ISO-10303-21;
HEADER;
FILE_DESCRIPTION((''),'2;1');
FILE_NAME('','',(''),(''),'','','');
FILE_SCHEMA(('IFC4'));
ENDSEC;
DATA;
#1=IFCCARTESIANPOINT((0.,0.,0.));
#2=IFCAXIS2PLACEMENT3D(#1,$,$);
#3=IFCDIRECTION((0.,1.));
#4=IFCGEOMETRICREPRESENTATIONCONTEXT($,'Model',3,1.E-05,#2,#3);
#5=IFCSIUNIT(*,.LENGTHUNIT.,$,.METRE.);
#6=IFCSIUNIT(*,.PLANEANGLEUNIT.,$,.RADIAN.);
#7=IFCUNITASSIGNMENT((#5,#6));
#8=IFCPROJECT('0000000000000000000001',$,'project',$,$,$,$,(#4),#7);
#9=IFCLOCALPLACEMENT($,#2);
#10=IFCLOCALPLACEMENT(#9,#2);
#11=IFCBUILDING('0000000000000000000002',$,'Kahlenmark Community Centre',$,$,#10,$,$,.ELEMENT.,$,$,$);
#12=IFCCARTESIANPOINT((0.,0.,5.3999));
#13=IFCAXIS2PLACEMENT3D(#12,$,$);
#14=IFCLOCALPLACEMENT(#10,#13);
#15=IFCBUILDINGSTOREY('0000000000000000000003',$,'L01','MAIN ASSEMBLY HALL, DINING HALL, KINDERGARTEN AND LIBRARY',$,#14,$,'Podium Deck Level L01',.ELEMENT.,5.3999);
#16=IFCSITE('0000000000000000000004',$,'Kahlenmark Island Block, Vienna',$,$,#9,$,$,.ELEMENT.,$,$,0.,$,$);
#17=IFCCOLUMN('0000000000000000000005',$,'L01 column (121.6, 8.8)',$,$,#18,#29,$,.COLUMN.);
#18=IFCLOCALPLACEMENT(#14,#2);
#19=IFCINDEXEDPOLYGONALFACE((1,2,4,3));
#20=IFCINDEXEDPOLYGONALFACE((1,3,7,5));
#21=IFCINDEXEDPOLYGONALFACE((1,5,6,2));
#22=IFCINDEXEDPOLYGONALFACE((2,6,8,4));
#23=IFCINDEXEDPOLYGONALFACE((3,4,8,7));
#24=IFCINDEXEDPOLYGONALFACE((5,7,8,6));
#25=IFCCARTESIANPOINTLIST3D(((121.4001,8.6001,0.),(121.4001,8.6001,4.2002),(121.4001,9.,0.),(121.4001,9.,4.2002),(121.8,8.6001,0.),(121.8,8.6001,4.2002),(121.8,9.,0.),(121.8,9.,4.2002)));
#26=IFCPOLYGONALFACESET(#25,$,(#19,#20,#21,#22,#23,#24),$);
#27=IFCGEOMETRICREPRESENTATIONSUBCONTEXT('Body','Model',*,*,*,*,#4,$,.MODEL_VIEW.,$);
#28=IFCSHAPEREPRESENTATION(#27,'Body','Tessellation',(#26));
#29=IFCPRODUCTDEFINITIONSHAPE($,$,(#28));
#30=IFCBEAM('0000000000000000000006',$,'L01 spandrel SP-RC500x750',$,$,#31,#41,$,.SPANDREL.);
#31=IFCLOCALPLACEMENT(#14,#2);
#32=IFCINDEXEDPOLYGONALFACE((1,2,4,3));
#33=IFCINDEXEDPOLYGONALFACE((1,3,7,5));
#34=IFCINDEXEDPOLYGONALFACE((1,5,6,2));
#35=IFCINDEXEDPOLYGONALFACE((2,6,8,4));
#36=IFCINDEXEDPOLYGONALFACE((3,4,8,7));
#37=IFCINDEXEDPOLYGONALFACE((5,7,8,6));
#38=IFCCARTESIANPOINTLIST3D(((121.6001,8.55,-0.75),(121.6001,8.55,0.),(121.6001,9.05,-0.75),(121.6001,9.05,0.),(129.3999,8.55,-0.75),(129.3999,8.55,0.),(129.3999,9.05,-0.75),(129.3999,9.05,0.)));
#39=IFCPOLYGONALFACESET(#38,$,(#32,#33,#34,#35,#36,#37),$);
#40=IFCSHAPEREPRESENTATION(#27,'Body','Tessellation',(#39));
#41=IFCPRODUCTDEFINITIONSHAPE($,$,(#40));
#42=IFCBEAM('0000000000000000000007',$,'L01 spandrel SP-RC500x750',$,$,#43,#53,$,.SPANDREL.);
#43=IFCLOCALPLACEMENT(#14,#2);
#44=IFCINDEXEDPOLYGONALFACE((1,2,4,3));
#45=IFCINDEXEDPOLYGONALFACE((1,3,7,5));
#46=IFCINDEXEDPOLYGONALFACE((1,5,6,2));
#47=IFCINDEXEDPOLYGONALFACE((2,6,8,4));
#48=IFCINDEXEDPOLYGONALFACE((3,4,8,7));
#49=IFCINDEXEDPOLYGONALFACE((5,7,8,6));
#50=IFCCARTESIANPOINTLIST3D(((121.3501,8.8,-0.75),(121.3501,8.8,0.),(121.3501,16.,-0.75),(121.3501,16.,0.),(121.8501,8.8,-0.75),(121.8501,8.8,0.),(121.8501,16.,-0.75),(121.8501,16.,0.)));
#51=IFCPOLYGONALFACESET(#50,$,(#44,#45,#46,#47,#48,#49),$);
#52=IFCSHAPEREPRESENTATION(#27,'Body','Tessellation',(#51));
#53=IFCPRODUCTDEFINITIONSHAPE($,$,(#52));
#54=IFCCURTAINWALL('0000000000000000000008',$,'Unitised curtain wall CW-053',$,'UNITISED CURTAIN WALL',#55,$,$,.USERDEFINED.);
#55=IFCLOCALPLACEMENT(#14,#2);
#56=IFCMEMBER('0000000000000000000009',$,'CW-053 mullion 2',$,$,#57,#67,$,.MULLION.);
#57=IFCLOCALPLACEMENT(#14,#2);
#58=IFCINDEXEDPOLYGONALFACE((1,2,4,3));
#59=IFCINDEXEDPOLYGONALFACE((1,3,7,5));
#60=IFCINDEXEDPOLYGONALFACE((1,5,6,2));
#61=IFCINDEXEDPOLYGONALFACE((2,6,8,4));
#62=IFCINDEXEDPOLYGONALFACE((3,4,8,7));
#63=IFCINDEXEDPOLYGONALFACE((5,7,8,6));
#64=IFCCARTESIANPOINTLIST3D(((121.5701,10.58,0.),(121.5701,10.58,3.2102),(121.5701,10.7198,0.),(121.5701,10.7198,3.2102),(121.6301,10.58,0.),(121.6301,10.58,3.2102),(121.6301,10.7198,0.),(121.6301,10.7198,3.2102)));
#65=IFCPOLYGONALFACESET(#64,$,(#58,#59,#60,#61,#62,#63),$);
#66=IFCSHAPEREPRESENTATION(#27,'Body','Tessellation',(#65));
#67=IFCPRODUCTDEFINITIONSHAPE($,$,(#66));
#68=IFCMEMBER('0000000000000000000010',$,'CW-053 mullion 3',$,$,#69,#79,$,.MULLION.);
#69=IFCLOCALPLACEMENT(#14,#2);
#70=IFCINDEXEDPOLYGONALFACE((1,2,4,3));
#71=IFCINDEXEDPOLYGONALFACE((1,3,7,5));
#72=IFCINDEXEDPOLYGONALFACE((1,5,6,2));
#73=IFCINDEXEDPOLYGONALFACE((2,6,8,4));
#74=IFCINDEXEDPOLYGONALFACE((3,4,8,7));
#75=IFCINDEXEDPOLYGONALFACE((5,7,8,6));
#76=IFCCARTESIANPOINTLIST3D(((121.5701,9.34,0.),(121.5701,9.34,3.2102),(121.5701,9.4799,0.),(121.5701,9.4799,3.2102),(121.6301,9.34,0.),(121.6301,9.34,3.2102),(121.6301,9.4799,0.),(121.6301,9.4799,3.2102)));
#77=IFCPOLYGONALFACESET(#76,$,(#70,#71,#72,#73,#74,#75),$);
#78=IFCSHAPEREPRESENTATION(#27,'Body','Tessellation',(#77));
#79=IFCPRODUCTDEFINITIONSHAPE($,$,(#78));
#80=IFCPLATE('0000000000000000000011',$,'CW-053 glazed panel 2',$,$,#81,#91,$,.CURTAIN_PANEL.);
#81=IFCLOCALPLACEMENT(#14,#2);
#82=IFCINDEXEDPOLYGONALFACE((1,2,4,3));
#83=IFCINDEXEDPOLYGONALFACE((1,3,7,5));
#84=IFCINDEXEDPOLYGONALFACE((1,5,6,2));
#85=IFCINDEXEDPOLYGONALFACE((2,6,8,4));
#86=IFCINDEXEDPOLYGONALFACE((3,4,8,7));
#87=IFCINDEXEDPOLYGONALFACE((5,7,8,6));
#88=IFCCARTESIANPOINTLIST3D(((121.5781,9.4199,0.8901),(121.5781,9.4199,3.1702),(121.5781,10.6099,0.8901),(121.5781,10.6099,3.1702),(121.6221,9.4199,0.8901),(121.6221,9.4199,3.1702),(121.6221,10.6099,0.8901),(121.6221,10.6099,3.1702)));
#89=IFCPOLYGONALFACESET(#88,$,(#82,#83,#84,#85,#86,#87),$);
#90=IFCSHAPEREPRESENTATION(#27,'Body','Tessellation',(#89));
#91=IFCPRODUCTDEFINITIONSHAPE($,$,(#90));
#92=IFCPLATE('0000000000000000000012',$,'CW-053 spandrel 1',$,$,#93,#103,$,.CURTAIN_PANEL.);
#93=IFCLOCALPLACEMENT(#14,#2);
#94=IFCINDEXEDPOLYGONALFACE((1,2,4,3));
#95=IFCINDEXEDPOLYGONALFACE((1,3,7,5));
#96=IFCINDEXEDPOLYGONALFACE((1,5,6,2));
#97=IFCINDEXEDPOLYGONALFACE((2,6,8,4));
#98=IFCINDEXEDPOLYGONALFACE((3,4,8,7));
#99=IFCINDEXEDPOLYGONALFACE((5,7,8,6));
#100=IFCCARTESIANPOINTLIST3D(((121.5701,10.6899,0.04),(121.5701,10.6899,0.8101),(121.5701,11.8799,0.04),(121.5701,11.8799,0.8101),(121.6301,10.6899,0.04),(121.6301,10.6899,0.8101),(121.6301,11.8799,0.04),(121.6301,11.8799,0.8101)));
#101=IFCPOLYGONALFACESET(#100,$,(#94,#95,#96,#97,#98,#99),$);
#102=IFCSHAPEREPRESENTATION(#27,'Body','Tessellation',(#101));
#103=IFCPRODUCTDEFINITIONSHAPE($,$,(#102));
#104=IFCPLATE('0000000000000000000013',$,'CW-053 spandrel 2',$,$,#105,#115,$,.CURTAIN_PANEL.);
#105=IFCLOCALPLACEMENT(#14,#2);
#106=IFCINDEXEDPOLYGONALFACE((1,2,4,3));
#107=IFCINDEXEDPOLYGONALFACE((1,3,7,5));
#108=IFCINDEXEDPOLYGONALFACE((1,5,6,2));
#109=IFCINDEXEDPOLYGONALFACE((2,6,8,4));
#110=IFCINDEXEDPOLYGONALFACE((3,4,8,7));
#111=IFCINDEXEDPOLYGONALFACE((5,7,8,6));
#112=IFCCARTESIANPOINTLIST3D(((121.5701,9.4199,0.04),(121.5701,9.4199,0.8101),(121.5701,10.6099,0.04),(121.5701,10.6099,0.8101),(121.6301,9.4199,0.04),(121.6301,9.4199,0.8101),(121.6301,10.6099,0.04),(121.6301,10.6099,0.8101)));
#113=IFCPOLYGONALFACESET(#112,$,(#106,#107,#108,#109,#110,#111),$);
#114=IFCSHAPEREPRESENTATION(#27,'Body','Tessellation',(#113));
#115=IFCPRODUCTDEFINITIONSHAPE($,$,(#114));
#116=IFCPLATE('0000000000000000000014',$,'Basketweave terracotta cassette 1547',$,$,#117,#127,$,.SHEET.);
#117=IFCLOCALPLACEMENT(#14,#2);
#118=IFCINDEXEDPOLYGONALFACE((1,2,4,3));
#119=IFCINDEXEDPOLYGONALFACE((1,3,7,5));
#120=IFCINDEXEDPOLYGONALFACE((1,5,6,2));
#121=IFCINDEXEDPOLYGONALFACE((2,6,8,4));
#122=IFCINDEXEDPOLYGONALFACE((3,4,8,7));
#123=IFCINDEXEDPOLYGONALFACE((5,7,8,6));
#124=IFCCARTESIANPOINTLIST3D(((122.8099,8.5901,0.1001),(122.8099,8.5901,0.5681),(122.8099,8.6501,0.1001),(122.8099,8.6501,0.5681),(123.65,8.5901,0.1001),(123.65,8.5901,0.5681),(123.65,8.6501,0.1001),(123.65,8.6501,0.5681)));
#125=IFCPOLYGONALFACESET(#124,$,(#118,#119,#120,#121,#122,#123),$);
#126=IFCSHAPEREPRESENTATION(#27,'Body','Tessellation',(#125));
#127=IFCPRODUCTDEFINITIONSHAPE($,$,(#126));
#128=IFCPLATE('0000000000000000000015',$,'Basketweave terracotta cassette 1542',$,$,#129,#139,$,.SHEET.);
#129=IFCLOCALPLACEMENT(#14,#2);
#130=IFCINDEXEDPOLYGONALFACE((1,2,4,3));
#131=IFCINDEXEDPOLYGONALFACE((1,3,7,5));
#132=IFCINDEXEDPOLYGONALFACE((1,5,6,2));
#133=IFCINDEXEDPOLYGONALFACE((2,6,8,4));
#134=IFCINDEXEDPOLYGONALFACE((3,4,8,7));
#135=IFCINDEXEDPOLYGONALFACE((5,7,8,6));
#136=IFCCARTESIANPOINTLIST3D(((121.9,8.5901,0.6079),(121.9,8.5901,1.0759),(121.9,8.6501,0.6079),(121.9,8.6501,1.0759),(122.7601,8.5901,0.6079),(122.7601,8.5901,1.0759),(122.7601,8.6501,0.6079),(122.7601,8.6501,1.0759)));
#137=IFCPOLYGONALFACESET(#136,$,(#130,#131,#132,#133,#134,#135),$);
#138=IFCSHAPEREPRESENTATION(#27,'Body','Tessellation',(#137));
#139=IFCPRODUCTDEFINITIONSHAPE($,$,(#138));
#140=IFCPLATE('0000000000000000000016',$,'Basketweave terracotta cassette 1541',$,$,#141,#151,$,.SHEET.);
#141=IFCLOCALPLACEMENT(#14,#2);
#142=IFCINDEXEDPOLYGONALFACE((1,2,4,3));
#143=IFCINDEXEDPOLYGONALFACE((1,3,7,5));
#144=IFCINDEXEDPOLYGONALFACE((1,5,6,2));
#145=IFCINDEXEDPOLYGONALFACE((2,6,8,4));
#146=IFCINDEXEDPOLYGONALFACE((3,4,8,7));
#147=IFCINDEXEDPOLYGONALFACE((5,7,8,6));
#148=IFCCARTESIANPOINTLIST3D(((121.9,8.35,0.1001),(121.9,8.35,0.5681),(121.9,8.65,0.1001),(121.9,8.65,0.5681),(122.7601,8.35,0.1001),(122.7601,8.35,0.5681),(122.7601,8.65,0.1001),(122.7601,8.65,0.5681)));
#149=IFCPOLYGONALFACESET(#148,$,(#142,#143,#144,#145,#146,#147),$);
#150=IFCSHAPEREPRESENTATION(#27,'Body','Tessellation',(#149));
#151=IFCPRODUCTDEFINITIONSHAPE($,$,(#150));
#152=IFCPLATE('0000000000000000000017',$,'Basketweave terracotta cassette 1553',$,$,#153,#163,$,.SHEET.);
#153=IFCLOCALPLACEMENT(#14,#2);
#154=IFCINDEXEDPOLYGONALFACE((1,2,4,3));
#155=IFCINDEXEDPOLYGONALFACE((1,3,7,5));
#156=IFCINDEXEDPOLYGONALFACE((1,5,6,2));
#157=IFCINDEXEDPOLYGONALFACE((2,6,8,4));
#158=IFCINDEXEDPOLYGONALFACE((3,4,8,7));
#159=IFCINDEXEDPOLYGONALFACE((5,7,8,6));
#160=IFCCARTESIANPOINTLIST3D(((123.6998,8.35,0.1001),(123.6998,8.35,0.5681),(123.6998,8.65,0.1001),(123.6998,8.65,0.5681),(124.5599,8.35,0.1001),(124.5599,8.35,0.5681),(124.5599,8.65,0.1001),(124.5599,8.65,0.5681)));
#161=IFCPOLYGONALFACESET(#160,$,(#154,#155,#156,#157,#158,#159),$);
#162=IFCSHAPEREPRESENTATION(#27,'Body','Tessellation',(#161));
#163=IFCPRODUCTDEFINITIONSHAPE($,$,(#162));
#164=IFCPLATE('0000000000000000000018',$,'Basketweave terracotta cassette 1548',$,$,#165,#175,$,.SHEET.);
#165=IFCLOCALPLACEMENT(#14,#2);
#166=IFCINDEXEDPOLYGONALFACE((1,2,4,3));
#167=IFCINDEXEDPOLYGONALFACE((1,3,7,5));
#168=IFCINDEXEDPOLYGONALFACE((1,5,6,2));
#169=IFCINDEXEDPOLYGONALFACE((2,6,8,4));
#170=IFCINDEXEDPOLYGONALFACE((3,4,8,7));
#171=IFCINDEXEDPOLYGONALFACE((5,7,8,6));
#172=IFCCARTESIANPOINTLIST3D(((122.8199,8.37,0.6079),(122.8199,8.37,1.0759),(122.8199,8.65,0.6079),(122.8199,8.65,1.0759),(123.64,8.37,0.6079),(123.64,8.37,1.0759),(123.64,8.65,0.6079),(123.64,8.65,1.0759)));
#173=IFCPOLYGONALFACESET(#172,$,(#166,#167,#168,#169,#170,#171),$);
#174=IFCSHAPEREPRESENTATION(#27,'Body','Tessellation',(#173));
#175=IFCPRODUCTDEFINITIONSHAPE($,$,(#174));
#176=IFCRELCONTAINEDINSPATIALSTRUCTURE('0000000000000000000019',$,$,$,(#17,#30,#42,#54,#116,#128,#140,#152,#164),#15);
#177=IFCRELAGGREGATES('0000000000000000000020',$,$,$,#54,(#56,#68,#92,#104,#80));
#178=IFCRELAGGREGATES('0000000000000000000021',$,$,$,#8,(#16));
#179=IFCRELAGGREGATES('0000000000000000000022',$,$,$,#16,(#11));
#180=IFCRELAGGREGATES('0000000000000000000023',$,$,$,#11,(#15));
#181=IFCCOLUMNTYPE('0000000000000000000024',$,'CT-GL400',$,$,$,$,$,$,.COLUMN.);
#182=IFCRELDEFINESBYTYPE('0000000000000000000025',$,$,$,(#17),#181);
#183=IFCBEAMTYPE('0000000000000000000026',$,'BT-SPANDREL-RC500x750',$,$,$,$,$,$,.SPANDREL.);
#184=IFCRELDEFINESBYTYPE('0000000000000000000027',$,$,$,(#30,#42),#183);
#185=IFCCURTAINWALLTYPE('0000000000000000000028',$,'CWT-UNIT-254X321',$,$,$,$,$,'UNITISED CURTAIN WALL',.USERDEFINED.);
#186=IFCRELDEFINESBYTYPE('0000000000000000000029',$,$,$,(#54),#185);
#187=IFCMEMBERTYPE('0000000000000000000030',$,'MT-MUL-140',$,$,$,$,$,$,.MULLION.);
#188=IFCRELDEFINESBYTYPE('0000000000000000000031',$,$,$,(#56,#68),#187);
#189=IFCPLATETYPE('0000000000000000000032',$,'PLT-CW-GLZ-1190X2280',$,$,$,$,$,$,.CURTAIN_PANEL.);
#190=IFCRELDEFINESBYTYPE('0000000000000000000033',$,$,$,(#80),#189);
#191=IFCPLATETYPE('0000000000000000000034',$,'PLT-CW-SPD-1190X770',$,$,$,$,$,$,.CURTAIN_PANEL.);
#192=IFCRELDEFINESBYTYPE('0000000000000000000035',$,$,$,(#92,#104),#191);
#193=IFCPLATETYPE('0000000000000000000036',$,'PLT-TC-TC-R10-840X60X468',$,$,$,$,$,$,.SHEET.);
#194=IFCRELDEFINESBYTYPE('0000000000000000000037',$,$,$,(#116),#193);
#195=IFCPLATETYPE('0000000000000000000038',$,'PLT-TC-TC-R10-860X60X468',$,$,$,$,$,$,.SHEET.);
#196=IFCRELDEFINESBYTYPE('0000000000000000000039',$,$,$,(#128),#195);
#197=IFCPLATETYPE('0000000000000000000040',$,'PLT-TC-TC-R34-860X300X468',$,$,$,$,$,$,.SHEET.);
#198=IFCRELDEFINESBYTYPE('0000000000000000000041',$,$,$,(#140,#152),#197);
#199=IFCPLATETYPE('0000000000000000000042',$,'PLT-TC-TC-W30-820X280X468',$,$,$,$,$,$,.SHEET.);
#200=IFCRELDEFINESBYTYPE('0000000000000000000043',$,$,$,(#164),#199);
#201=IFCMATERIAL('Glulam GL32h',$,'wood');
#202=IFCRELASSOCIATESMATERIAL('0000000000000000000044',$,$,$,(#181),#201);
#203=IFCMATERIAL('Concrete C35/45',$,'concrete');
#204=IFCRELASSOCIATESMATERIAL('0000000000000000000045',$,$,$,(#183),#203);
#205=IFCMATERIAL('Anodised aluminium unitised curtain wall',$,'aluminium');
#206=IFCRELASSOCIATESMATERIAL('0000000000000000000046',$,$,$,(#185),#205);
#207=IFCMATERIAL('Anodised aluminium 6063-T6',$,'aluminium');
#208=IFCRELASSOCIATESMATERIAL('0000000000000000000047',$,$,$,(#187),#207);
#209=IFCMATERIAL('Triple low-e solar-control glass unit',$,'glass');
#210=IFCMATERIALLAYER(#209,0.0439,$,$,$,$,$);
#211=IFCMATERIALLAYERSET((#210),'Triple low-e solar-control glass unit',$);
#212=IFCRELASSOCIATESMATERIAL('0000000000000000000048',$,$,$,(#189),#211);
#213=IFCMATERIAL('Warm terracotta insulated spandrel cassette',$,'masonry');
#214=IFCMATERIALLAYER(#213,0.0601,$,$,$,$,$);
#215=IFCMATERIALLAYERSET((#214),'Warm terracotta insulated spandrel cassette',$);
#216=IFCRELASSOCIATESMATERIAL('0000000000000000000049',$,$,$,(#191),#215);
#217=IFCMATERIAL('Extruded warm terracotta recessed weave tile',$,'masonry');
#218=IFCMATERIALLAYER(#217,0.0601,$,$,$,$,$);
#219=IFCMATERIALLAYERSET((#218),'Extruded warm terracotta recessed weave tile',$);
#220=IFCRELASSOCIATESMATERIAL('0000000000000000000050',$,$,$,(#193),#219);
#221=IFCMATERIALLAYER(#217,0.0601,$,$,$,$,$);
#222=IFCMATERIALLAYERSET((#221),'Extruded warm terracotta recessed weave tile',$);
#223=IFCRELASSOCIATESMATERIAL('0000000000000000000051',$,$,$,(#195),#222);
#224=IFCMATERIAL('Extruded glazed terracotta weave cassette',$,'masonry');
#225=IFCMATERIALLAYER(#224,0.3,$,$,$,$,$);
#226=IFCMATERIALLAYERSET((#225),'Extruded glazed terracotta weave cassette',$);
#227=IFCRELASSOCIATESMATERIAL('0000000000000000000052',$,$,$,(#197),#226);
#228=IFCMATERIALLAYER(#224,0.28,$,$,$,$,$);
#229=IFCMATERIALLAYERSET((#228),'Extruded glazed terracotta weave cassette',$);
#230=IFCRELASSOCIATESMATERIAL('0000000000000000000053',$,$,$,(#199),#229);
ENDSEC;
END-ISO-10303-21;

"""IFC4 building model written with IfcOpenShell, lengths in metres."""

from ifc_helpers import new_model, si_unit, direction, frame, origin, origin_2d, place, context, subcontext, project, spatial, rectangle, extrude, material, layer, layer_set, material_profile, profile_set, type_object, element, aggregate, save


model = new_model("IFC4")

# Units and contexts
model_context = context("Model", 3, precision=1e-05, world=origin(), true_north=direction((0.0, 1.0)))
body_context = subcontext(model_context, "Body", "Model", "MODEL_VIEW")
ifc_project = project(units=[si_unit("LENGTHUNIT", "METRE"), si_unit("PLANEANGLEUNIT", "RADIAN")], contexts=[model_context])

# Site, building, storey
site_placement = place(None, origin())
site = spatial("IfcSite", under=ifc_project, at=site_placement, Name="Kahlenmark Island Block, Vienna", CompositionType="ELEMENT", RefElevation=0.0)
building_placement = place(site_placement, origin())
building = spatial("IfcBuilding", under=site, at=building_placement, Name="Kahlenmark Community Centre", CompositionType="ELEMENT")
storey_placement = place(building_placement, frame((0.0, 0.0, 5.3999)))
storey = spatial("IfcBuildingStorey", under=building, at=storey_placement, Name="L01", Description="MAIN ASSEMBLY HALL, DINING HALL, KINDERGARTEN AND LIBRARY", LongName="Podium Deck Level L01", CompositionType="ELEMENT", Elevation=5.3999)

# Column
ifc_material_1 = material(Name="Glulam GL32h", Category="wood")
ifc_material_profile_1 = material_profile(ifc_material_1, rectangle(XDim=0.3999, YDim=0.3999, at=origin_2d()), Name="GL32h 400x400")
ifc_profile_set_1 = profile_set([ifc_material_profile_1], Name="Glulam GL32h")
column_type = type_object("IfcColumnType", Name="CT-GL400", PredefinedType="COLUMN", material=ifc_profile_set_1)
column_placement = place(storey_placement, frame((121.6001, 8.8, 0.0), z_axis=(0.0, 0.0, 1.0), x_axis=(1.0, 0.0, 0.0)))
element("IfcColumn", 1, at=column_placement, inside=storey, type_object=column_type, Name="L01 column (121.6, 8.8)", PredefinedType="COLUMN", context=body_context, shape_type="SweptSolid", body=[
    extrude(rectangle(XDim=0.3999, YDim=0.3999, at=origin_2d()), origin(), (0.0, 0.0, 1.0), 4.2002),
])

# Beams
ifc_material_2 = material(Name="Concrete C35/45", Category="concrete")
ifc_material_profile_2 = material_profile(ifc_material_2, rectangle(XDim=0.5, YDim=0.75, at=origin_2d()), Name="RC 500x750")
ifc_profile_set_2 = profile_set([ifc_material_profile_2], Name="Concrete C35/45")
beam_type = type_object("IfcBeamType", Name="BT-SPANDREL-RC500x750", PredefinedType="SPANDREL", material=ifc_profile_set_2)
beam_1_placement = place(storey_placement, frame((121.6001, 8.8, -0.375), z_axis=(1.0, 0.0, 0.0), x_axis=(0.0, 1.0, 0.0)))
element("IfcBeam", 2, at=beam_1_placement, inside=storey, type_object=beam_type, Name="L01 spandrel SP-RC500x750", PredefinedType="SPANDREL", context=body_context, shape_type="SweptSolid", body=[
    extrude(rectangle(XDim=0.5, YDim=0.75, at=origin_2d()), origin(), (0.0, 0.0, 1.0), 7.7998),
])
beam_2_placement = place(storey_placement, frame((121.6001, 8.8, -0.375), z_axis=(0.0, 1.0, 0.0), x_axis=(-1.0, 0.0, 0.0)))
element("IfcBeam", 3, at=beam_2_placement, inside=storey, type_object=beam_type, Name="L01 spandrel SP-RC500x750", PredefinedType="SPANDREL", context=body_context, shape_type="SweptSolid", body=[
    extrude(rectangle(XDim=0.5, YDim=0.75, at=origin_2d()), origin(), (0.0, 0.0, 1.0), 7.2),
])

# Curtain wall, members, plates
ifc_material_3 = material(Name="Anodised aluminium unitised curtain wall", Category="aluminium")
curtain_wall_type = type_object("IfcCurtainWallType", Name="CWT-UNIT-254X321", ElementType="UNITISED CURTAIN WALL", PredefinedType="USERDEFINED", material=ifc_material_3)
curtain_wall_placement = place(storey_placement, origin())
curtain_wall = element("IfcCurtainWall", 4, at=curtain_wall_placement, inside=storey, type_object=curtain_wall_type, Name="Unitised curtain wall CW-053", ObjectType="UNITISED CURTAIN WALL", PredefinedType="USERDEFINED")
ifc_material_4 = material(Name="Anodised aluminium 6063-T6", Category="aluminium")
ifc_material_profile_3 = material_profile(ifc_material_4, rectangle(XDim=0.0601, YDim=0.1399, at=origin_2d()), Name="ALU MULLION 60x140")
ifc_profile_set_3 = profile_set([ifc_material_profile_3], Name="Anodised aluminium 6063-T6")
member_type = type_object("IfcMemberType", Name="MT-MUL-140", PredefinedType="MULLION", material=ifc_profile_set_3)
member_1_placement = place(storey_placement, frame((121.6001, 10.6499, 0.0), z_axis=(0.0, 0.0, 1.0), x_axis=(1.0, 0.0, 0.0)))
member_1 = element("IfcMember", 5, at=member_1_placement, type_object=member_type, Name="CW-053 mullion 2", PredefinedType="MULLION", context=body_context, shape_type="SweptSolid", body=[
    extrude(rectangle(XDim=0.0601, YDim=0.1399, at=origin_2d()), origin(), (0.0, 0.0, 1.0), 3.2102),
])
member_2_placement = place(storey_placement, frame((121.6001, 9.4099, 0.0), z_axis=(0.0, 0.0, 1.0), x_axis=(1.0, 0.0, 0.0)))
member_2 = element("IfcMember", 6, at=member_2_placement, type_object=member_type, Name="CW-053 mullion 3", PredefinedType="MULLION", context=body_context, shape_type="SweptSolid", body=[
    extrude(rectangle(XDim=0.0601, YDim=0.1399, at=origin_2d()), origin(), (0.0, 0.0, 1.0), 3.2102),
])
ifc_material_5 = material(Name="Triple low-e solar-control glass unit", Category="glass")
ifc_layer_1 = layer(ifc_material_5, 0.0439)
ifc_layer_set_1 = layer_set([ifc_layer_1], Name="Triple low-e solar-control glass unit")
plate_type_1 = type_object("IfcPlateType", Name="PLT-CW-GLZ-1190X2280", PredefinedType="CURTAIN_PANEL", material=ifc_layer_set_1)
plate_1_placement = place(storey_placement, frame((121.6001, 10.0149, 0.8901), z_axis=(0.0, 0.0, 1.0), x_axis=(0.0, -1.0, 0.0)))
plate_1 = element("IfcPlate", 7, at=plate_1_placement, type_object=plate_type_1, Name="CW-053 glazed panel 2", PredefinedType="CURTAIN_PANEL", context=body_context, shape_type="SweptSolid", body=[
    extrude(rectangle(XDim=1.1899, YDim=0.0439, at=origin_2d()), origin(), (0.0, 0.0, 1.0), 2.28),
])
ifc_material_6 = material(Name="Warm terracotta insulated spandrel cassette", Category="masonry")
ifc_layer_2 = layer(ifc_material_6, 0.0601)
ifc_layer_set_2 = layer_set([ifc_layer_2], Name="Warm terracotta insulated spandrel cassette")
plate_type_2 = type_object("IfcPlateType", Name="PLT-CW-SPD-1190X770", PredefinedType="CURTAIN_PANEL", material=ifc_layer_set_2)
plate_2_placement = place(storey_placement, frame((121.6001, 11.2849, 0.04), z_axis=(0.0, 0.0, 1.0), x_axis=(0.0, -1.0, 0.0)))
plate_2 = element("IfcPlate", 8, at=plate_2_placement, type_object=plate_type_2, Name="CW-053 spandrel 1", PredefinedType="CURTAIN_PANEL", context=body_context, shape_type="SweptSolid", body=[
    extrude(rectangle(XDim=1.1899, YDim=0.0601, at=origin_2d()), origin(), (0.0, 0.0, 1.0), 0.77),
])
plate_3_placement = place(storey_placement, frame((121.6001, 10.0149, 0.04), z_axis=(0.0, 0.0, 1.0), x_axis=(0.0, -1.0, 0.0)))
plate_3 = element("IfcPlate", 9, at=plate_3_placement, type_object=plate_type_2, Name="CW-053 spandrel 2", PredefinedType="CURTAIN_PANEL", context=body_context, shape_type="SweptSolid", body=[
    extrude(rectangle(XDim=1.1899, YDim=0.0601, at=origin_2d()), origin(), (0.0, 0.0, 1.0), 0.77),
])
aggregate(curtain_wall, [member_1, member_2, plate_2, plate_3, plate_1])

# Plates
ifc_material_7 = material(Name="Extruded warm terracotta recessed weave tile", Category="masonry")
ifc_layer_3 = layer(ifc_material_7, 0.0601)
ifc_layer_set_3 = layer_set([ifc_layer_3], Name="Extruded warm terracotta recessed weave tile")
plate_type_3 = type_object("IfcPlateType", Name="PLT-TC-TC-R10-840X60X468", PredefinedType="SHEET", material=ifc_layer_set_3)
plate_4_placement = place(storey_placement, frame((123.23, 8.6201, 0.1001), z_axis=(0.0, 0.0, 1.0), x_axis=(1.0, 0.0, 0.0)))
element("IfcPlate", 10, at=plate_4_placement, inside=storey, type_object=plate_type_3, Name="Basketweave terracotta cassette 1547", PredefinedType="SHEET", context=body_context, shape_type="SweptSolid", body=[
    extrude(rectangle(XDim=0.8401, YDim=0.0601, at=origin_2d()), origin(), (0.0, 0.0, 1.0), 0.468),
])
ifc_layer_4 = layer(ifc_material_7, 0.0601)
ifc_layer_set_4 = layer_set([ifc_layer_4], Name="Extruded warm terracotta recessed weave tile")
plate_type_4 = type_object("IfcPlateType", Name="PLT-TC-TC-R10-860X60X468", PredefinedType="SHEET", material=ifc_layer_set_4)
plate_5_placement = place(storey_placement, frame((122.3301, 8.6201, 0.6079), z_axis=(0.0, 0.0, 1.0), x_axis=(1.0, 0.0, 0.0)))
element("IfcPlate", 11, at=plate_5_placement, inside=storey, type_object=plate_type_4, Name="Basketweave terracotta cassette 1542", PredefinedType="SHEET", context=body_context, shape_type="SweptSolid", body=[
    extrude(rectangle(XDim=0.8601, YDim=0.0601, at=origin_2d()), origin(), (0.0, 0.0, 1.0), 0.468),
])
ifc_material_8 = material(Name="Extruded glazed terracotta weave cassette", Category="masonry")
ifc_layer_5 = layer(ifc_material_8, 0.3)
ifc_layer_set_5 = layer_set([ifc_layer_5], Name="Extruded glazed terracotta weave cassette")
plate_type_5 = type_object("IfcPlateType", Name="PLT-TC-TC-R34-860X300X468", PredefinedType="SHEET", material=ifc_layer_set_5)
for number, where, z_axis, x_axis, name in (
    (12, (122.3301, 8.5, 0.1001), (0.0, 0.0, 1.0), (1.0, 0.0, 0.0), "Basketweave terracotta cassette 1541"),
    (13, (124.1299, 8.5, 0.1001), (0.0, 0.0, 1.0), (1.0, 0.0, 0.0), "Basketweave terracotta cassette 1553"),
):
    element("IfcPlate", number, at=place(storey_placement, frame(where, z_axis=z_axis, x_axis=x_axis)), inside=storey, type_object=plate_type_5, Name=name, PredefinedType="SHEET", context=body_context, shape_type="SweptSolid", body=[
        extrude(rectangle(XDim=0.8601, YDim=0.3, at=origin_2d()), origin(), (0.0, 0.0, 1.0), 0.468),
    ])
ifc_layer_6 = layer(ifc_material_8, 0.28)
ifc_layer_set_6 = layer_set([ifc_layer_6], Name="Extruded glazed terracotta weave cassette")
plate_type_6 = type_object("IfcPlateType", Name="PLT-TC-TC-W30-820X280X468", PredefinedType="SHEET", material=ifc_layer_set_6)
plate_6_placement = place(storey_placement, frame((123.23, 8.51, 0.6079), z_axis=(0.0, 0.0, 1.0), x_axis=(1.0, 0.0, 0.0)))
element("IfcPlate", 14, at=plate_6_placement, inside=storey, type_object=plate_type_6, Name="Basketweave terracotta cassette 1548", PredefinedType="SHEET", context=body_context, shape_type="SweptSolid", body=[
    extrude(rectangle(XDim=0.8201, YDim=0.28, at=origin_2d()), origin(), (0.0, 0.0, 1.0), 0.468),
])

save(model, "model.ifc")
